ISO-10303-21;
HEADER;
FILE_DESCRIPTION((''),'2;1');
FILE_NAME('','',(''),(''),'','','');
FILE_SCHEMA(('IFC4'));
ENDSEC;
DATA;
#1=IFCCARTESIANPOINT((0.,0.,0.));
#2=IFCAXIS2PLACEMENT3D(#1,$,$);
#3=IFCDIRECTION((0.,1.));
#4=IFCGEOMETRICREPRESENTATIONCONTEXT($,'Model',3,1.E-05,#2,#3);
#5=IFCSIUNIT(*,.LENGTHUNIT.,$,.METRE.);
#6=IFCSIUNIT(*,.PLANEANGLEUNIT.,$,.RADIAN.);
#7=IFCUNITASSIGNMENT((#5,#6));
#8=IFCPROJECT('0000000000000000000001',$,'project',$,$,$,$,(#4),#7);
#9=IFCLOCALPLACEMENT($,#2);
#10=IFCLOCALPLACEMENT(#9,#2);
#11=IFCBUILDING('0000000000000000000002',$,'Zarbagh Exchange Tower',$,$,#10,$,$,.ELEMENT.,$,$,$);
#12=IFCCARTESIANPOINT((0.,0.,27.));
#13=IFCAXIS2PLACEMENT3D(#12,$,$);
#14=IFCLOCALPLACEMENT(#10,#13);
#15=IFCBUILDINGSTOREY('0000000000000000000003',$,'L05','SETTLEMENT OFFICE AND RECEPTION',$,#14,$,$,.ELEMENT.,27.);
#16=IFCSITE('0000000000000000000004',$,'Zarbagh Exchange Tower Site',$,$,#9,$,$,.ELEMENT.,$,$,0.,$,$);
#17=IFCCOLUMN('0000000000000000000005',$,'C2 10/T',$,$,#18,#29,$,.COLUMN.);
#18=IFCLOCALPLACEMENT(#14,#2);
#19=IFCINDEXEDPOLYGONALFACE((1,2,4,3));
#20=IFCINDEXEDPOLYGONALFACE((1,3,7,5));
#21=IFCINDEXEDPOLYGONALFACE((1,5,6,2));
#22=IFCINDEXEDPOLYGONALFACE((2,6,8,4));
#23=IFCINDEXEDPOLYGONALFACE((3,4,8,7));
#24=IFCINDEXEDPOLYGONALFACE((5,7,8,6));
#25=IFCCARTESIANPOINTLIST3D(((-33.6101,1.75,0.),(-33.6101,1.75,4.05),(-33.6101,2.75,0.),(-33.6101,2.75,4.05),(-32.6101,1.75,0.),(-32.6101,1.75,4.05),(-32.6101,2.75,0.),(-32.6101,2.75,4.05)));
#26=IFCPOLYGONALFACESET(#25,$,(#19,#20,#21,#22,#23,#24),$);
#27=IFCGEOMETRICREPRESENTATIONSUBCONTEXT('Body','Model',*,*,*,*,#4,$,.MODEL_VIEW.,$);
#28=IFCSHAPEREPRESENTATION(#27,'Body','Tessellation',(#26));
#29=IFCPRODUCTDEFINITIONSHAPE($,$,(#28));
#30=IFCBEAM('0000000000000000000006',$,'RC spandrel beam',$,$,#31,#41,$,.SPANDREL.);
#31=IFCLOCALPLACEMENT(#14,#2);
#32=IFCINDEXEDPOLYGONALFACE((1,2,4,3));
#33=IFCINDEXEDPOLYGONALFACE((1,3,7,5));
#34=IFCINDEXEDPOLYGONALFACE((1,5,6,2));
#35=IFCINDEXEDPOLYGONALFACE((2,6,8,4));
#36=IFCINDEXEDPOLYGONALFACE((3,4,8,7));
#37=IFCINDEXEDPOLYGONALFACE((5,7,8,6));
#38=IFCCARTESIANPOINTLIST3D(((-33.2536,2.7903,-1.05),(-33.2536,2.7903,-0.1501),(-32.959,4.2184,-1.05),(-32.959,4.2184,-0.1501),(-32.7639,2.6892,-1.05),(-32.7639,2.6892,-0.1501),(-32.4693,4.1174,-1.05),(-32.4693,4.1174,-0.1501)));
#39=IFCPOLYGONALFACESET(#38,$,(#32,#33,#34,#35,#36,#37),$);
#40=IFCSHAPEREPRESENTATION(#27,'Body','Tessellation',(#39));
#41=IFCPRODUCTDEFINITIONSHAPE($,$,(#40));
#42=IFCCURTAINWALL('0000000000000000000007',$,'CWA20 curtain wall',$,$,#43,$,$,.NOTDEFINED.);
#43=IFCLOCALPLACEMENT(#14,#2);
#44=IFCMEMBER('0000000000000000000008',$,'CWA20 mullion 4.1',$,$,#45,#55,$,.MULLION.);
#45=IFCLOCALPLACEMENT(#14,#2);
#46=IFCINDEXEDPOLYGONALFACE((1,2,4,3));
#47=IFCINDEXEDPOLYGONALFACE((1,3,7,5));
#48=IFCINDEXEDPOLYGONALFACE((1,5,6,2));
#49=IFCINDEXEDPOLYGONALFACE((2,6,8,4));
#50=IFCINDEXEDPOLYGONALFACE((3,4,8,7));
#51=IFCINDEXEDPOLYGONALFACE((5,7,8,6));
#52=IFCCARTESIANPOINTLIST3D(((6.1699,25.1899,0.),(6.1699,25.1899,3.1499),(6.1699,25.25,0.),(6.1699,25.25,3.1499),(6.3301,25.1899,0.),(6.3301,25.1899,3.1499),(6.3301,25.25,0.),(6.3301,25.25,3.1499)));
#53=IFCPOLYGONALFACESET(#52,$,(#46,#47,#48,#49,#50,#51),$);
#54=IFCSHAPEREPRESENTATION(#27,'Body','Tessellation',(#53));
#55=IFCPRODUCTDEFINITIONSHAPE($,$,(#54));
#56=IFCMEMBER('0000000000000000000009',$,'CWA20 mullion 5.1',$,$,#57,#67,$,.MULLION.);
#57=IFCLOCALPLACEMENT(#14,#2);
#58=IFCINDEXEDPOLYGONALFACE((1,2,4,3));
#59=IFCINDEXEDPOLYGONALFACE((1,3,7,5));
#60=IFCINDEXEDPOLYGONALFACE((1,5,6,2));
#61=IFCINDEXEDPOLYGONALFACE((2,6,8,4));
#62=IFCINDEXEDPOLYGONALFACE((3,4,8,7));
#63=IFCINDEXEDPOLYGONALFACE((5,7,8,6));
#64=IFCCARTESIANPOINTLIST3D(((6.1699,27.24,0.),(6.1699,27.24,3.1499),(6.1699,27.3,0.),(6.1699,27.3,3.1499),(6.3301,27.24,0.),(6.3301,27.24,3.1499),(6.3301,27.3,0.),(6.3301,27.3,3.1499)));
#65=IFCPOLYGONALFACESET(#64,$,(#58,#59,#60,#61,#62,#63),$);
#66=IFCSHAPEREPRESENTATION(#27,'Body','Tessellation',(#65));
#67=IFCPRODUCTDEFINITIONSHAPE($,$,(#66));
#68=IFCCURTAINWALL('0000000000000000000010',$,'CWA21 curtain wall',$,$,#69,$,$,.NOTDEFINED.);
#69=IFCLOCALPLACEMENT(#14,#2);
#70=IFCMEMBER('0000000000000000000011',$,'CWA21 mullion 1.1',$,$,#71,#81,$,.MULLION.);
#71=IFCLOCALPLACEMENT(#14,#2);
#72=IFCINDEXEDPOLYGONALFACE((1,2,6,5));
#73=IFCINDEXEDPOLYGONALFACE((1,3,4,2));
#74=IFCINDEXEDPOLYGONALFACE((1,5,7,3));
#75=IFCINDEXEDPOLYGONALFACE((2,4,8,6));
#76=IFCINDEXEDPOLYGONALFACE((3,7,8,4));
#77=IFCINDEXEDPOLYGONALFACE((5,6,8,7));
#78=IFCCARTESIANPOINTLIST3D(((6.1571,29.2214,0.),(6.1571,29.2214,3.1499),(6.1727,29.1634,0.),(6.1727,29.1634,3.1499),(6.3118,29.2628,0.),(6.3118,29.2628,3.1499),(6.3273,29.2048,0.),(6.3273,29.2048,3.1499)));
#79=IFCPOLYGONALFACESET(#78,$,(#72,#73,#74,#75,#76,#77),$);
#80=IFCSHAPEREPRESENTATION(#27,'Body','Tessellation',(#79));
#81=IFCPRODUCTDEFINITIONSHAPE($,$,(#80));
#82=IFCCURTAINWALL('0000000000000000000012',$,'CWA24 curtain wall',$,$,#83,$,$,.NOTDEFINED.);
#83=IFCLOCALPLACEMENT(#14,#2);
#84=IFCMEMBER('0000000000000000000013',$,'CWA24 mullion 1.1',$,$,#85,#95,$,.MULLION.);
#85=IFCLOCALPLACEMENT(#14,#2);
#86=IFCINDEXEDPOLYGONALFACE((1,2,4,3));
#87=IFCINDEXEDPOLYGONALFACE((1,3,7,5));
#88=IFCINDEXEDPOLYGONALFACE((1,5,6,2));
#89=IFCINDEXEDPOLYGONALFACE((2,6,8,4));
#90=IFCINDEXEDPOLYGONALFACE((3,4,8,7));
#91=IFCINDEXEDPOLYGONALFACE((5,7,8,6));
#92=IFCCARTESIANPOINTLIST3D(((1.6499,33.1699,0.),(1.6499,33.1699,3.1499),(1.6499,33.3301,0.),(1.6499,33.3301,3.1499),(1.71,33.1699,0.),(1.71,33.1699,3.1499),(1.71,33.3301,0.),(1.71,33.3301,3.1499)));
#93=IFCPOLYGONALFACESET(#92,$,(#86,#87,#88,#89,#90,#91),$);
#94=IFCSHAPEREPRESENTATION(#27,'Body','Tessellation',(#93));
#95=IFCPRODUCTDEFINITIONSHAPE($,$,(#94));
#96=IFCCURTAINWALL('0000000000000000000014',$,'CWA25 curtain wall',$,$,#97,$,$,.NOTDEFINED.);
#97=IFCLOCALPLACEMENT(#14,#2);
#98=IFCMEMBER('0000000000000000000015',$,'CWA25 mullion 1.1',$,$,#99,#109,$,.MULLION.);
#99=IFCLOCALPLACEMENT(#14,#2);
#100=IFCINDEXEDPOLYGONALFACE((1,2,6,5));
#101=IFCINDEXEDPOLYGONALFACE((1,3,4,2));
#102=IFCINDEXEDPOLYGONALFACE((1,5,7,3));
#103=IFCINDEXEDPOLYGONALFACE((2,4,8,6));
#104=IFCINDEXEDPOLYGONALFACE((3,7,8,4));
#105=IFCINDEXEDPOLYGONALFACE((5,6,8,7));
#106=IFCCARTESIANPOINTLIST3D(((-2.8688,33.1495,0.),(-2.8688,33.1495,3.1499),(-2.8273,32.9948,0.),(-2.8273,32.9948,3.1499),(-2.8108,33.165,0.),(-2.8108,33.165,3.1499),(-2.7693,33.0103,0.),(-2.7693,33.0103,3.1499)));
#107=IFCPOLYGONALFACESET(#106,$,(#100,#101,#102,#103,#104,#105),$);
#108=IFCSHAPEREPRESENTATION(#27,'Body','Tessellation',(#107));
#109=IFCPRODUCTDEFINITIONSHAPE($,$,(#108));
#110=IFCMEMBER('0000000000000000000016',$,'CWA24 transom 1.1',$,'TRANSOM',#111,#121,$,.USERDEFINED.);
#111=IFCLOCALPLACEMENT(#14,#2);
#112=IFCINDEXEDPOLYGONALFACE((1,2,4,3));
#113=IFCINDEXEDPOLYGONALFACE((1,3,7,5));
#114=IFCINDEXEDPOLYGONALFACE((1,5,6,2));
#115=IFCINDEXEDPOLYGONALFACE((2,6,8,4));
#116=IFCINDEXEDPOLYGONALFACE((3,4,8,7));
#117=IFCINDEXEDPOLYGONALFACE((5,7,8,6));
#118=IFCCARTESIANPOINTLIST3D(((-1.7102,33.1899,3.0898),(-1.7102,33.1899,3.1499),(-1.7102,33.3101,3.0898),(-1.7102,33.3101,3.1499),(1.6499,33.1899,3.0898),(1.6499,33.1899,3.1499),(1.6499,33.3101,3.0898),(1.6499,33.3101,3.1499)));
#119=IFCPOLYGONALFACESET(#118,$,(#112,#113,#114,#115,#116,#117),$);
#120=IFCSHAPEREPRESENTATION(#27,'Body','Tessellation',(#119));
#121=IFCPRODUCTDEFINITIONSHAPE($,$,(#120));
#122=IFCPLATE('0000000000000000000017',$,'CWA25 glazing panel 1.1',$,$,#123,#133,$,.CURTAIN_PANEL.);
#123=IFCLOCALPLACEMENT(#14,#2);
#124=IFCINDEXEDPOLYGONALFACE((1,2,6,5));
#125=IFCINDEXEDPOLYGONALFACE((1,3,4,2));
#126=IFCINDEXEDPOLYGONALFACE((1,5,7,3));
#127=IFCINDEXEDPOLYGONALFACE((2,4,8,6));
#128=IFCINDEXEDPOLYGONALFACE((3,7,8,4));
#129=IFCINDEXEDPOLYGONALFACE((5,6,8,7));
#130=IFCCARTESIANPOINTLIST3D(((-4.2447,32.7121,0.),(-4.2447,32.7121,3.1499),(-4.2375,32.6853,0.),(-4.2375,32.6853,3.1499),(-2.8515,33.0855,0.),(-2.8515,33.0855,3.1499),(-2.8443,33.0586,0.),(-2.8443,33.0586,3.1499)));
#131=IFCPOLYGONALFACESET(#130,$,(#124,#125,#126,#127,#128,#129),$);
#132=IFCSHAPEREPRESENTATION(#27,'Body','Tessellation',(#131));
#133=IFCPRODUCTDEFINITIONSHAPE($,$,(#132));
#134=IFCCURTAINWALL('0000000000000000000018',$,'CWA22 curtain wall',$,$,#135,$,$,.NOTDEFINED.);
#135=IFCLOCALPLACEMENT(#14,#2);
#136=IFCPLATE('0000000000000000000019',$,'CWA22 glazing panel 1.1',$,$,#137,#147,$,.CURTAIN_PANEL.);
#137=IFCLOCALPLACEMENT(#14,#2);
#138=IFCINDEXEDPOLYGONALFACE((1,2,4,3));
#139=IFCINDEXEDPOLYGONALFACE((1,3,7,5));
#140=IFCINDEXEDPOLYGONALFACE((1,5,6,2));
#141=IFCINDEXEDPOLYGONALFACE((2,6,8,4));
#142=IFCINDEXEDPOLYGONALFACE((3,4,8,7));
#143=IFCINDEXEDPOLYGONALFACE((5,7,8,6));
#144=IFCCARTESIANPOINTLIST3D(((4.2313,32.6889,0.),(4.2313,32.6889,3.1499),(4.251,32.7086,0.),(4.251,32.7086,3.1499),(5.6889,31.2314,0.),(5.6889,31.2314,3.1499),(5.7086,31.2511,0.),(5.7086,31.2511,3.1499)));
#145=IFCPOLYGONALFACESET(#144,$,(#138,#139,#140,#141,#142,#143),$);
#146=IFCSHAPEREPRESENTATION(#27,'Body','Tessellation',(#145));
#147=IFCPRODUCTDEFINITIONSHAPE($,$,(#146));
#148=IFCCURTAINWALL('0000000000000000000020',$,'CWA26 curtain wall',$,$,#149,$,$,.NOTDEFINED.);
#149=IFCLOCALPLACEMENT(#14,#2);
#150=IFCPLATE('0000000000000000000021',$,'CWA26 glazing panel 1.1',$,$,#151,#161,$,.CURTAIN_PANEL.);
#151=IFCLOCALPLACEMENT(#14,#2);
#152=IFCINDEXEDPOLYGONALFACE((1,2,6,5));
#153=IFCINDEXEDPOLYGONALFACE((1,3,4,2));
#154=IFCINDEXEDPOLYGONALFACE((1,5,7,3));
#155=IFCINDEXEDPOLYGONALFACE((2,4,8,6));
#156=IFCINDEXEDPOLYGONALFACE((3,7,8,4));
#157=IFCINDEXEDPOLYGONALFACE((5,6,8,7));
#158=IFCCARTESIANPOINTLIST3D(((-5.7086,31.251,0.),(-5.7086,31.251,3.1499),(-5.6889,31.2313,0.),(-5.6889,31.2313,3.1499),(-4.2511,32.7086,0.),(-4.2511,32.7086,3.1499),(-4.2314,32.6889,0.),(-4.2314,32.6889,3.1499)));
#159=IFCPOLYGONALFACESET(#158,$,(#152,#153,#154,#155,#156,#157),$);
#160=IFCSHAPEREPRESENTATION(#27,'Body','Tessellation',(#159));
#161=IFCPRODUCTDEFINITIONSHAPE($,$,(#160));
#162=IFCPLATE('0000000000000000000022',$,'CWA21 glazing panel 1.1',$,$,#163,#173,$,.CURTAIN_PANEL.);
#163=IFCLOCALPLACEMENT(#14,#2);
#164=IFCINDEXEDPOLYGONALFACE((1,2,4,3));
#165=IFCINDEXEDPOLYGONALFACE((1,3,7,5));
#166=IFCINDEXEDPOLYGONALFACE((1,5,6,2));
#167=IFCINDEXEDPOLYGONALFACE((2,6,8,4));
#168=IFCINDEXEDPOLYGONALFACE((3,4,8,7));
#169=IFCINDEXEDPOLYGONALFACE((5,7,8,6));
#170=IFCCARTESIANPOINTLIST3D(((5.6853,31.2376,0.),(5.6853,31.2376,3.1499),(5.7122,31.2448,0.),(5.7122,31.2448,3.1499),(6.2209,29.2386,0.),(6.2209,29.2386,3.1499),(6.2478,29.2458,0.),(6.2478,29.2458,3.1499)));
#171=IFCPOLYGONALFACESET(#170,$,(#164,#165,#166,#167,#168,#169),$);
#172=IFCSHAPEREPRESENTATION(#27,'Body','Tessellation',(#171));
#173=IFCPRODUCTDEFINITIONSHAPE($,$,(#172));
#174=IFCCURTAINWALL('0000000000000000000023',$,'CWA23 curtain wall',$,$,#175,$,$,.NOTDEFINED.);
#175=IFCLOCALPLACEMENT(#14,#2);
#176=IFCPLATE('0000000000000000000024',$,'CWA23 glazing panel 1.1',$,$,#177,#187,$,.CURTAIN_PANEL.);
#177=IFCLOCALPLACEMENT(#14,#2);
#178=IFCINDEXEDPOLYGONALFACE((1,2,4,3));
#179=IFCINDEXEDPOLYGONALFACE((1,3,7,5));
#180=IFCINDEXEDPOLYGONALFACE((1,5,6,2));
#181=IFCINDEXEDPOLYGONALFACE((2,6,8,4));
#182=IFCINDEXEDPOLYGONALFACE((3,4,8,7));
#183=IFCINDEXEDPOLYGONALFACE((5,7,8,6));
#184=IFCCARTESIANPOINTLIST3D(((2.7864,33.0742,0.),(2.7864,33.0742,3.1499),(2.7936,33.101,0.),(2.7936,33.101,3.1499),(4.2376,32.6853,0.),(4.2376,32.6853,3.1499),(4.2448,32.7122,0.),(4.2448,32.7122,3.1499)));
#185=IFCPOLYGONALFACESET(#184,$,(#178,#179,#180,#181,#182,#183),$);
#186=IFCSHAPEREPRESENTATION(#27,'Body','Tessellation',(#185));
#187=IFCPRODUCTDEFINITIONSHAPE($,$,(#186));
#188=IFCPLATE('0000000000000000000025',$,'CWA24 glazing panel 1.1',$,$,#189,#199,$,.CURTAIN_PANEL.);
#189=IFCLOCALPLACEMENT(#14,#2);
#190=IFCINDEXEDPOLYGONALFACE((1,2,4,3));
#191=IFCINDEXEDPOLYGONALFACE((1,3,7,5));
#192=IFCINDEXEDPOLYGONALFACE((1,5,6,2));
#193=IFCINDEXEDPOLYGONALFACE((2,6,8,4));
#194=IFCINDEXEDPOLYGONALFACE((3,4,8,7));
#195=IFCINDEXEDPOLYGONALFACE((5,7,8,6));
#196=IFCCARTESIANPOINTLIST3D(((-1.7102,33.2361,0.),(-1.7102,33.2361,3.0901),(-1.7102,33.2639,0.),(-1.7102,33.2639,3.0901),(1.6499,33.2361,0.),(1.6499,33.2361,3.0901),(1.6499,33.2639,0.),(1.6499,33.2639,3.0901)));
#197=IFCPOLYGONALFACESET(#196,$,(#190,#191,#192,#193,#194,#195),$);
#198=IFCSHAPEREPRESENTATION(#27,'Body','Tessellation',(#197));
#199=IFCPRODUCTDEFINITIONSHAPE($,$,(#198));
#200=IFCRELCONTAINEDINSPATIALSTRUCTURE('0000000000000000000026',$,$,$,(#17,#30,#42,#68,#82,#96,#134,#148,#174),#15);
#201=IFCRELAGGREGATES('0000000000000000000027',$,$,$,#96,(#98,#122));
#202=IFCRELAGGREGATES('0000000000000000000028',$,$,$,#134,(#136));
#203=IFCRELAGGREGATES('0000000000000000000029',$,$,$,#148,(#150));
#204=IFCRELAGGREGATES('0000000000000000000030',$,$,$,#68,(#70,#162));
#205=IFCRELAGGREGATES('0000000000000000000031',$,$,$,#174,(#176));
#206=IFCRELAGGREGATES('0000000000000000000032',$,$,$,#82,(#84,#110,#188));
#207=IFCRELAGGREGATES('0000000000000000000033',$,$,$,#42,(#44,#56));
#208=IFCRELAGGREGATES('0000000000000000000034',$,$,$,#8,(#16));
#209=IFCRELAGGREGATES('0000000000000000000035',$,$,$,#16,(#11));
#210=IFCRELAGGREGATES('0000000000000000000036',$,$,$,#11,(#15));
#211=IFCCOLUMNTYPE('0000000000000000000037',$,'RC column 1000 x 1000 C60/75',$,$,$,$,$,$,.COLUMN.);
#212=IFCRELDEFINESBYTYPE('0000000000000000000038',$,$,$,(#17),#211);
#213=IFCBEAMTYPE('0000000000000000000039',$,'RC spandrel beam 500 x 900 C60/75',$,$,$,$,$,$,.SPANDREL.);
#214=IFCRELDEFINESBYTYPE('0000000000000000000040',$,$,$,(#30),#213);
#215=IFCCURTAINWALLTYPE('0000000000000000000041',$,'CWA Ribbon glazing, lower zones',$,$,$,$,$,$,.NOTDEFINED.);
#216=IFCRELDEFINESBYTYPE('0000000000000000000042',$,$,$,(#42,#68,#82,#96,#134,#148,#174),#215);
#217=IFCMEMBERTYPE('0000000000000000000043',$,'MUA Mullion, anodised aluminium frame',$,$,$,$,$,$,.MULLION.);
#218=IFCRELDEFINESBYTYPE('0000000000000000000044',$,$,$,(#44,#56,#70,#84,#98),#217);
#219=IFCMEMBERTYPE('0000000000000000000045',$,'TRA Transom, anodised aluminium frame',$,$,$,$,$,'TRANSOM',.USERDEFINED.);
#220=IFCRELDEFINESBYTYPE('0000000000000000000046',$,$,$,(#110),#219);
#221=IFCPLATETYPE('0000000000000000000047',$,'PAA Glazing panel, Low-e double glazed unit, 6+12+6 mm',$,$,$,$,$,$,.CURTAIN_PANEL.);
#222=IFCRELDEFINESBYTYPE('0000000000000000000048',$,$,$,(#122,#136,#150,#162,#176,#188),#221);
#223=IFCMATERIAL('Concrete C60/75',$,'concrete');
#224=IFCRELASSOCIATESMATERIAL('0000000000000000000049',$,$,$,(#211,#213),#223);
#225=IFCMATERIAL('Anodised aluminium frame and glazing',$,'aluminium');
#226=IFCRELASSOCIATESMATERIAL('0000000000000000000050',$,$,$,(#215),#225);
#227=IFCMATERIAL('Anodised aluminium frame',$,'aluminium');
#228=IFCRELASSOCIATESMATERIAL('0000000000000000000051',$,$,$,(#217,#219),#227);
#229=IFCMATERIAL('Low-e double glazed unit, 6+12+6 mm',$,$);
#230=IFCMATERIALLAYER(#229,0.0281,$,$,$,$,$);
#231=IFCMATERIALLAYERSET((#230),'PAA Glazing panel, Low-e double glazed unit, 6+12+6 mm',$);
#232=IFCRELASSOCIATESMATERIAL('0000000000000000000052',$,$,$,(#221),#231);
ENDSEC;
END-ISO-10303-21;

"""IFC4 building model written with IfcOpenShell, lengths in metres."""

from ifc_helpers import new_model, si_unit, direction, frame, origin, origin_2d, place, context, subcontext, project, spatial, polyline, rectangle, outline, extrude, source, transform, mapped, material, layer, layer_set, material_profile, profile_set, type_object, element, aggregate, save


model = new_model("IFC4")

# Units and contexts
model_context = context("Model", 3, precision=1e-05, world=origin(), true_north=direction((0.0, 1.0)))
body_context = subcontext(model_context, "Body", "Model", "MODEL_VIEW")
ifc_project = project(units=[si_unit("LENGTHUNIT", "METRE"), si_unit("PLANEANGLEUNIT", "RADIAN")], contexts=[model_context])

# Site, building, storey
site_placement = place(None, origin())
site = spatial("IfcSite", under=ifc_project, at=site_placement, Name="Zarbagh Exchange Tower Site", CompositionType="ELEMENT", RefElevation=0.0)
building_placement = place(site_placement, origin())
building = spatial("IfcBuilding", under=site, at=building_placement, Name="Zarbagh Exchange Tower", CompositionType="ELEMENT")
storey_placement = place(building_placement, frame((0.0, 0.0, 27.0)))
storey = spatial("IfcBuildingStorey", under=building, at=storey_placement, Name="L05", Description="SETTLEMENT OFFICE AND RECEPTION", CompositionType="ELEMENT", Elevation=27.0)

# Column
ifc_material_1 = material(Name="Concrete C60/75", Category="concrete")
ifc_material_profile_1 = material_profile(ifc_material_1, rectangle(XDim=1.0, YDim=1.0, at=origin_2d()), Name="RC column 1000 x 1000 C60/75")
ifc_profile_set_1 = profile_set([ifc_material_profile_1], Name="Concrete C60/75")
column_type = type_object("IfcColumnType", Name="RC column 1000 x 1000 C60/75", PredefinedType="COLUMN", material=ifc_profile_set_1)
column_placement = place(storey_placement, frame((-33.1101, 2.25, 0.0), z_axis=(0.0, 0.0, 1.0), x_axis=(1.0, 0.0, 0.0)))
element("IfcColumn", 1, at=column_placement, inside=storey, type_object=column_type, Name="C2 10/T", PredefinedType="COLUMN", context=body_context, shape_type="SweptSolid", body=[
    extrude(rectangle(XDim=1.0, YDim=1.0, at=origin_2d()), origin(), (0.0, 0.0, 1.0), 4.05),
])

# Beam
ifc_material_profile_2 = material_profile(ifc_material_1, rectangle(XDim=0.5, YDim=0.8999, at=origin_2d()), Name="RC spandrel beam 500 x 900 C60/75")
ifc_profile_set_2 = profile_set([ifc_material_profile_2], Name="Concrete C60/75")
beam_type = type_object("IfcBeamType", Name="RC spandrel beam 500 x 900 C60/75", PredefinedType="SPANDREL", material=ifc_profile_set_2)
beam_placement = place(storey_placement, frame((-33.0088, 2.7397, -0.6001), z_axis=(0.202069, 0.979371, 0.0), x_axis=(-0.979371, 0.202069, 0.0)))
element("IfcBeam", 2, at=beam_placement, inside=storey, type_object=beam_type, Name="RC spandrel beam", PredefinedType="SPANDREL", context=body_context, shape_type="SweptSolid", body=[
    extrude(rectangle(XDim=0.5, YDim=0.8999, at=origin_2d()), origin(), (0.0, 0.0, 1.0), 1.4583),
])

# Curtain wall, members
ifc_material_2 = material(Name="Anodised aluminium frame and glazing", Category="aluminium")
curtain_wall_type = type_object("IfcCurtainWallType", Name="CWA Ribbon glazing, lower zones", PredefinedType="NOTDEFINED", material=ifc_material_2)
curtain_wall_1_placement = place(storey_placement, origin())
curtain_wall_1 = element("IfcCurtainWall", 3, at=curtain_wall_1_placement, inside=storey, type_object=curtain_wall_type, Name="CWA20 curtain wall", PredefinedType="NOTDEFINED")
ifc_material_3 = material(Name="Anodised aluminium frame", Category="aluminium")
member_type_1 = type_object("IfcMemberType", Name="MUA Mullion, anodised aluminium frame", PredefinedType="MULLION", material=ifc_material_3)
shared_shape_1 = source(origin(), body_context, "Body", "SweptSolid", [
    extrude(outline(polyline([(0.0, -0.0801), (0.0601, -0.0801), (0.0601, 0.0801), (0.0, 0.0801), (0.0, -0.0801)])), origin(), (0.0, 0.0, 1.0), 3.1499),
])
placement = place(storey_placement, origin())
member_1 = element("IfcMember", 4, at=placement, type_object=member_type_1, Name="CWA20 mullion 4.1", PredefinedType="MULLION", context=body_context, shape_type="MappedRepresentation", body=[
    mapped(shared_shape_1, transform((6.25, 25.1899, 0.0), x_axis=(0.0, 1.0, 0.0), y_axis=(-1.0, 0.0, 0.0), z_axis=(0.0, 0.0, 1.0))),
])
member_2 = element("IfcMember", 5, at=placement, type_object=member_type_1, Name="CWA20 mullion 5.1", PredefinedType="MULLION", context=body_context, shape_type="MappedRepresentation", body=[
    mapped(shared_shape_1, transform((6.25, 27.24, 0.0), x_axis=(0.0, 1.0, 0.0), y_axis=(-1.0, 0.0, 0.0), z_axis=(0.0, 0.0, 1.0))),
])

# Curtain walls, members
curtain_wall_2_placement = place(storey_placement, origin())
curtain_wall_2 = element("IfcCurtainWall", 6, at=curtain_wall_2_placement, inside=storey, type_object=curtain_wall_type, Name="CWA21 curtain wall", PredefinedType="NOTDEFINED")
member_3 = element("IfcMember", 7, at=placement, type_object=member_type_1, Name="CWA21 mullion 1.1", PredefinedType="MULLION", context=body_context, shape_type="MappedRepresentation", body=[
    mapped(shared_shape_1, transform((6.25, 29.1841, 0.0), x_axis=(-0.258825, 0.965924, 0.0), y_axis=(-0.965924, -0.258825, 0.0), z_axis=(0.0, 0.0, 1.0))),
])
curtain_wall_3_placement = place(storey_placement, origin())
curtain_wall_3 = element("IfcCurtainWall", 8, at=curtain_wall_3_placement, inside=storey, type_object=curtain_wall_type, Name="CWA24 curtain wall", PredefinedType="NOTDEFINED")
member_4 = element("IfcMember", 9, at=placement, type_object=member_type_1, Name="CWA24 mullion 1.1", PredefinedType="MULLION", context=body_context, shape_type="MappedRepresentation", body=[
    mapped(shared_shape_1, transform((1.71, 33.25, 0.0), x_axis=(-1.0, 0.0, 0.0), y_axis=(0.0, -1.0, 0.0), z_axis=(0.0, 0.0, 1.0))),
])
curtain_wall_4_placement = place(storey_placement, origin())
curtain_wall_4 = element("IfcCurtainWall", 10, at=curtain_wall_4_placement, inside=storey, type_object=curtain_wall_type, Name="CWA25 curtain wall", PredefinedType="NOTDEFINED")
member_5 = element("IfcMember", 11, at=placement, type_object=member_type_1, Name="CWA25 mullion 1.1", PredefinedType="MULLION", context=body_context, shape_type="MappedRepresentation", body=[
    mapped(shared_shape_1, transform((-2.79, 33.0876, 0.0), x_axis=(-0.965924, -0.258825, 0.0), y_axis=(0.258825, -0.965924, 0.0), z_axis=(0.0, 0.0, 1.0))),
])

# Member
member_type_2 = type_object("IfcMemberType", Name="TRA Transom, anodised aluminium frame", ElementType="TRANSOM", PredefinedType="USERDEFINED", material=ifc_material_3)
shared_shape_2 = source(origin(), body_context, "Body", "SweptSolid", [
    extrude(outline(polyline([(-0.0601, -0.0601), (0.0, -0.0601), (0.0, 0.0601), (-0.0601, 0.0601), (-0.0601, -0.0601)])), origin(), (0.0, 0.0, 1.0), 3.3601),
])
member_6 = element("IfcMember", 12, at=placement, type_object=member_type_2, Name="CWA24 transom 1.1", ObjectType="TRANSOM", PredefinedType="USERDEFINED", context=body_context, shape_type="MappedRepresentation", body=[
    mapped(shared_shape_2, transform((1.6499, 33.25, 3.1499), x_axis=(0.0, 0.0, 1.0), y_axis=(0.0, 1.0, 0.0), z_axis=(-1.0, 0.0, 0.0))),
])

# Plate
ifc_material_4 = material(Name="Low-e double glazed unit, 6+12+6 mm")
ifc_layer_1 = layer(ifc_material_4, 0.0281)
ifc_layer_set_1 = layer_set([ifc_layer_1], Name="PAA Glazing panel, Low-e double glazed unit, 6+12+6 mm")
plate_type = type_object("IfcPlateType", Name="PAA Glazing panel, Low-e double glazed unit, 6+12+6 mm", PredefinedType="CURTAIN_PANEL", material=ifc_layer_set_1)
shared_shape_3 = source(origin(), body_context, "Body", "SweptSolid", [
    extrude(outline(polyline([(0.0, -0.0139), (1.4424, -0.0139), (1.4424, 0.0139), (0.0, 0.0139), (0.0, -0.0139)])), origin(), (0.0, 0.0, 1.0), 3.1499),
])
plate_1 = element("IfcPlate", 13, at=placement, type_object=plate_type, Name="CWA25 glazing panel 1.1", PredefinedType="CURTAIN_PANEL", context=body_context, shape_type="MappedRepresentation", body=[
    mapped(shared_shape_3, transform((-2.8479, 33.072, 0.0), x_axis=(-0.965924, -0.258825, 0.0), y_axis=(0.258825, -0.965924, 0.0), z_axis=(0.0, 0.0, 1.0))),
])
aggregate(curtain_wall_4, [member_5, plate_1])

# Curtain walls, plates
curtain_wall_5_placement = place(storey_placement, origin())
curtain_wall_5 = element("IfcCurtainWall", 14, at=curtain_wall_5_placement, inside=storey, type_object=curtain_wall_type, Name="CWA22 curtain wall", PredefinedType="NOTDEFINED")
shared_shape_4 = source(origin(), body_context, "Body", "SweptSolid", [
    extrude(outline(polyline([(0.0, -0.0139), (2.0613, -0.0139), (2.0613, 0.0139), (0.0, 0.0139), (0.0, -0.0139)])), origin(), (0.0, 0.0, 1.0), 3.1499),
])
plate_2 = element("IfcPlate", 15, at=placement, type_object=plate_type, Name="CWA22 glazing panel 1.1", PredefinedType="CURTAIN_PANEL", context=body_context, shape_type="MappedRepresentation", body=[
    mapped(shared_shape_4, transform((5.6987, 31.2412, 0.0), x_axis=(-0.707107, 0.707107, 0.0), y_axis=(-0.707107, -0.707107, 0.0), z_axis=(0.0, 0.0, 1.0))),
])
aggregate(curtain_wall_5, [plate_2])
curtain_wall_6_placement = place(storey_placement, origin())
curtain_wall_6 = element("IfcCurtainWall", 16, at=curtain_wall_6_placement, inside=storey, type_object=curtain_wall_type, Name="CWA26 curtain wall", PredefinedType="NOTDEFINED")
plate_3 = element("IfcPlate", 17, at=placement, type_object=plate_type, Name="CWA26 glazing panel 1.1", PredefinedType="CURTAIN_PANEL", context=body_context, shape_type="MappedRepresentation", body=[
    mapped(shared_shape_4, transform((-4.2412, 32.6987, 0.0), x_axis=(-0.707107, -0.707107, 0.0), y_axis=(0.707107, -0.707107, 0.0), z_axis=(0.0, 0.0, 1.0))),
])
aggregate(curtain_wall_6, [plate_3])

# Plate
shared_shape_5 = source(origin(), body_context, "Body", "SweptSolid", [
    extrude(outline(polyline([(0.0, -0.0139), (2.0696, -0.0139), (2.0696, 0.0139), (0.0, 0.0139), (0.0, -0.0139)])), origin(), (0.0, 0.0, 1.0), 3.1499),
])
plate_4 = element("IfcPlate", 18, at=placement, type_object=plate_type, Name="CWA21 glazing panel 1.1", PredefinedType="CURTAIN_PANEL", context=body_context, shape_type="MappedRepresentation", body=[
    mapped(shared_shape_5, transform((6.2344, 29.2422, 0.0), x_axis=(-0.258825, 0.965924, 0.0), y_axis=(-0.965924, -0.258825, 0.0), z_axis=(0.0, 0.0, 1.0))),
])
aggregate(curtain_wall_2, [member_3, plate_4])

# Curtain wall, plate
curtain_wall_7_placement = place(storey_placement, origin())
curtain_wall_7 = element("IfcCurtainWall", 19, at=curtain_wall_7_placement, inside=storey, type_object=curtain_wall_type, Name="CWA23 curtain wall", PredefinedType="NOTDEFINED")
shared_shape_6 = source(origin(), body_context, "Body", "SweptSolid", [
    extrude(outline(polyline([(0.0, -0.0139), (1.5024, -0.0139), (1.5024, 0.0139), (0.0, 0.0139), (0.0, -0.0139)])), origin(), (0.0, 0.0, 1.0), 3.1499),
])
plate_5 = element("IfcPlate", 20, at=placement, type_object=plate_type, Name="CWA23 glazing panel 1.1", PredefinedType="CURTAIN_PANEL", context=body_context, shape_type="MappedRepresentation", body=[
    mapped(shared_shape_6, transform((4.2412, 32.6987, 0.0), x_axis=(-0.965924, 0.258825, 0.0), y_axis=(-0.258825, -0.965924, 0.0), z_axis=(0.0, 0.0, 1.0))),
])
aggregate(curtain_wall_7, [plate_5])

# Plate
shared_shape_7 = source(origin(), body_context, "Body", "SweptSolid", [
    extrude(outline(polyline([(0.0, -0.0139), (3.3601, -0.0139), (3.3601, 0.0139), (0.0, 0.0139), (0.0, -0.0139)])), origin(), (0.0, 0.0, 1.0), 3.0901),
])
plate_6 = element("IfcPlate", 21, at=placement, type_object=plate_type, Name="CWA24 glazing panel 1.1", PredefinedType="CURTAIN_PANEL", context=body_context, shape_type="MappedRepresentation", body=[
    mapped(shared_shape_7, transform((1.6499, 33.25, 0.0), x_axis=(-1.0, 0.0, 0.0), y_axis=(0.0, -1.0, 0.0), z_axis=(0.0, 0.0, 1.0))),
])
aggregate(curtain_wall_3, [member_4, member_6, plate_6])
aggregate(curtain_wall_1, [member_1, member_2])

save(model, "model.ifc")
